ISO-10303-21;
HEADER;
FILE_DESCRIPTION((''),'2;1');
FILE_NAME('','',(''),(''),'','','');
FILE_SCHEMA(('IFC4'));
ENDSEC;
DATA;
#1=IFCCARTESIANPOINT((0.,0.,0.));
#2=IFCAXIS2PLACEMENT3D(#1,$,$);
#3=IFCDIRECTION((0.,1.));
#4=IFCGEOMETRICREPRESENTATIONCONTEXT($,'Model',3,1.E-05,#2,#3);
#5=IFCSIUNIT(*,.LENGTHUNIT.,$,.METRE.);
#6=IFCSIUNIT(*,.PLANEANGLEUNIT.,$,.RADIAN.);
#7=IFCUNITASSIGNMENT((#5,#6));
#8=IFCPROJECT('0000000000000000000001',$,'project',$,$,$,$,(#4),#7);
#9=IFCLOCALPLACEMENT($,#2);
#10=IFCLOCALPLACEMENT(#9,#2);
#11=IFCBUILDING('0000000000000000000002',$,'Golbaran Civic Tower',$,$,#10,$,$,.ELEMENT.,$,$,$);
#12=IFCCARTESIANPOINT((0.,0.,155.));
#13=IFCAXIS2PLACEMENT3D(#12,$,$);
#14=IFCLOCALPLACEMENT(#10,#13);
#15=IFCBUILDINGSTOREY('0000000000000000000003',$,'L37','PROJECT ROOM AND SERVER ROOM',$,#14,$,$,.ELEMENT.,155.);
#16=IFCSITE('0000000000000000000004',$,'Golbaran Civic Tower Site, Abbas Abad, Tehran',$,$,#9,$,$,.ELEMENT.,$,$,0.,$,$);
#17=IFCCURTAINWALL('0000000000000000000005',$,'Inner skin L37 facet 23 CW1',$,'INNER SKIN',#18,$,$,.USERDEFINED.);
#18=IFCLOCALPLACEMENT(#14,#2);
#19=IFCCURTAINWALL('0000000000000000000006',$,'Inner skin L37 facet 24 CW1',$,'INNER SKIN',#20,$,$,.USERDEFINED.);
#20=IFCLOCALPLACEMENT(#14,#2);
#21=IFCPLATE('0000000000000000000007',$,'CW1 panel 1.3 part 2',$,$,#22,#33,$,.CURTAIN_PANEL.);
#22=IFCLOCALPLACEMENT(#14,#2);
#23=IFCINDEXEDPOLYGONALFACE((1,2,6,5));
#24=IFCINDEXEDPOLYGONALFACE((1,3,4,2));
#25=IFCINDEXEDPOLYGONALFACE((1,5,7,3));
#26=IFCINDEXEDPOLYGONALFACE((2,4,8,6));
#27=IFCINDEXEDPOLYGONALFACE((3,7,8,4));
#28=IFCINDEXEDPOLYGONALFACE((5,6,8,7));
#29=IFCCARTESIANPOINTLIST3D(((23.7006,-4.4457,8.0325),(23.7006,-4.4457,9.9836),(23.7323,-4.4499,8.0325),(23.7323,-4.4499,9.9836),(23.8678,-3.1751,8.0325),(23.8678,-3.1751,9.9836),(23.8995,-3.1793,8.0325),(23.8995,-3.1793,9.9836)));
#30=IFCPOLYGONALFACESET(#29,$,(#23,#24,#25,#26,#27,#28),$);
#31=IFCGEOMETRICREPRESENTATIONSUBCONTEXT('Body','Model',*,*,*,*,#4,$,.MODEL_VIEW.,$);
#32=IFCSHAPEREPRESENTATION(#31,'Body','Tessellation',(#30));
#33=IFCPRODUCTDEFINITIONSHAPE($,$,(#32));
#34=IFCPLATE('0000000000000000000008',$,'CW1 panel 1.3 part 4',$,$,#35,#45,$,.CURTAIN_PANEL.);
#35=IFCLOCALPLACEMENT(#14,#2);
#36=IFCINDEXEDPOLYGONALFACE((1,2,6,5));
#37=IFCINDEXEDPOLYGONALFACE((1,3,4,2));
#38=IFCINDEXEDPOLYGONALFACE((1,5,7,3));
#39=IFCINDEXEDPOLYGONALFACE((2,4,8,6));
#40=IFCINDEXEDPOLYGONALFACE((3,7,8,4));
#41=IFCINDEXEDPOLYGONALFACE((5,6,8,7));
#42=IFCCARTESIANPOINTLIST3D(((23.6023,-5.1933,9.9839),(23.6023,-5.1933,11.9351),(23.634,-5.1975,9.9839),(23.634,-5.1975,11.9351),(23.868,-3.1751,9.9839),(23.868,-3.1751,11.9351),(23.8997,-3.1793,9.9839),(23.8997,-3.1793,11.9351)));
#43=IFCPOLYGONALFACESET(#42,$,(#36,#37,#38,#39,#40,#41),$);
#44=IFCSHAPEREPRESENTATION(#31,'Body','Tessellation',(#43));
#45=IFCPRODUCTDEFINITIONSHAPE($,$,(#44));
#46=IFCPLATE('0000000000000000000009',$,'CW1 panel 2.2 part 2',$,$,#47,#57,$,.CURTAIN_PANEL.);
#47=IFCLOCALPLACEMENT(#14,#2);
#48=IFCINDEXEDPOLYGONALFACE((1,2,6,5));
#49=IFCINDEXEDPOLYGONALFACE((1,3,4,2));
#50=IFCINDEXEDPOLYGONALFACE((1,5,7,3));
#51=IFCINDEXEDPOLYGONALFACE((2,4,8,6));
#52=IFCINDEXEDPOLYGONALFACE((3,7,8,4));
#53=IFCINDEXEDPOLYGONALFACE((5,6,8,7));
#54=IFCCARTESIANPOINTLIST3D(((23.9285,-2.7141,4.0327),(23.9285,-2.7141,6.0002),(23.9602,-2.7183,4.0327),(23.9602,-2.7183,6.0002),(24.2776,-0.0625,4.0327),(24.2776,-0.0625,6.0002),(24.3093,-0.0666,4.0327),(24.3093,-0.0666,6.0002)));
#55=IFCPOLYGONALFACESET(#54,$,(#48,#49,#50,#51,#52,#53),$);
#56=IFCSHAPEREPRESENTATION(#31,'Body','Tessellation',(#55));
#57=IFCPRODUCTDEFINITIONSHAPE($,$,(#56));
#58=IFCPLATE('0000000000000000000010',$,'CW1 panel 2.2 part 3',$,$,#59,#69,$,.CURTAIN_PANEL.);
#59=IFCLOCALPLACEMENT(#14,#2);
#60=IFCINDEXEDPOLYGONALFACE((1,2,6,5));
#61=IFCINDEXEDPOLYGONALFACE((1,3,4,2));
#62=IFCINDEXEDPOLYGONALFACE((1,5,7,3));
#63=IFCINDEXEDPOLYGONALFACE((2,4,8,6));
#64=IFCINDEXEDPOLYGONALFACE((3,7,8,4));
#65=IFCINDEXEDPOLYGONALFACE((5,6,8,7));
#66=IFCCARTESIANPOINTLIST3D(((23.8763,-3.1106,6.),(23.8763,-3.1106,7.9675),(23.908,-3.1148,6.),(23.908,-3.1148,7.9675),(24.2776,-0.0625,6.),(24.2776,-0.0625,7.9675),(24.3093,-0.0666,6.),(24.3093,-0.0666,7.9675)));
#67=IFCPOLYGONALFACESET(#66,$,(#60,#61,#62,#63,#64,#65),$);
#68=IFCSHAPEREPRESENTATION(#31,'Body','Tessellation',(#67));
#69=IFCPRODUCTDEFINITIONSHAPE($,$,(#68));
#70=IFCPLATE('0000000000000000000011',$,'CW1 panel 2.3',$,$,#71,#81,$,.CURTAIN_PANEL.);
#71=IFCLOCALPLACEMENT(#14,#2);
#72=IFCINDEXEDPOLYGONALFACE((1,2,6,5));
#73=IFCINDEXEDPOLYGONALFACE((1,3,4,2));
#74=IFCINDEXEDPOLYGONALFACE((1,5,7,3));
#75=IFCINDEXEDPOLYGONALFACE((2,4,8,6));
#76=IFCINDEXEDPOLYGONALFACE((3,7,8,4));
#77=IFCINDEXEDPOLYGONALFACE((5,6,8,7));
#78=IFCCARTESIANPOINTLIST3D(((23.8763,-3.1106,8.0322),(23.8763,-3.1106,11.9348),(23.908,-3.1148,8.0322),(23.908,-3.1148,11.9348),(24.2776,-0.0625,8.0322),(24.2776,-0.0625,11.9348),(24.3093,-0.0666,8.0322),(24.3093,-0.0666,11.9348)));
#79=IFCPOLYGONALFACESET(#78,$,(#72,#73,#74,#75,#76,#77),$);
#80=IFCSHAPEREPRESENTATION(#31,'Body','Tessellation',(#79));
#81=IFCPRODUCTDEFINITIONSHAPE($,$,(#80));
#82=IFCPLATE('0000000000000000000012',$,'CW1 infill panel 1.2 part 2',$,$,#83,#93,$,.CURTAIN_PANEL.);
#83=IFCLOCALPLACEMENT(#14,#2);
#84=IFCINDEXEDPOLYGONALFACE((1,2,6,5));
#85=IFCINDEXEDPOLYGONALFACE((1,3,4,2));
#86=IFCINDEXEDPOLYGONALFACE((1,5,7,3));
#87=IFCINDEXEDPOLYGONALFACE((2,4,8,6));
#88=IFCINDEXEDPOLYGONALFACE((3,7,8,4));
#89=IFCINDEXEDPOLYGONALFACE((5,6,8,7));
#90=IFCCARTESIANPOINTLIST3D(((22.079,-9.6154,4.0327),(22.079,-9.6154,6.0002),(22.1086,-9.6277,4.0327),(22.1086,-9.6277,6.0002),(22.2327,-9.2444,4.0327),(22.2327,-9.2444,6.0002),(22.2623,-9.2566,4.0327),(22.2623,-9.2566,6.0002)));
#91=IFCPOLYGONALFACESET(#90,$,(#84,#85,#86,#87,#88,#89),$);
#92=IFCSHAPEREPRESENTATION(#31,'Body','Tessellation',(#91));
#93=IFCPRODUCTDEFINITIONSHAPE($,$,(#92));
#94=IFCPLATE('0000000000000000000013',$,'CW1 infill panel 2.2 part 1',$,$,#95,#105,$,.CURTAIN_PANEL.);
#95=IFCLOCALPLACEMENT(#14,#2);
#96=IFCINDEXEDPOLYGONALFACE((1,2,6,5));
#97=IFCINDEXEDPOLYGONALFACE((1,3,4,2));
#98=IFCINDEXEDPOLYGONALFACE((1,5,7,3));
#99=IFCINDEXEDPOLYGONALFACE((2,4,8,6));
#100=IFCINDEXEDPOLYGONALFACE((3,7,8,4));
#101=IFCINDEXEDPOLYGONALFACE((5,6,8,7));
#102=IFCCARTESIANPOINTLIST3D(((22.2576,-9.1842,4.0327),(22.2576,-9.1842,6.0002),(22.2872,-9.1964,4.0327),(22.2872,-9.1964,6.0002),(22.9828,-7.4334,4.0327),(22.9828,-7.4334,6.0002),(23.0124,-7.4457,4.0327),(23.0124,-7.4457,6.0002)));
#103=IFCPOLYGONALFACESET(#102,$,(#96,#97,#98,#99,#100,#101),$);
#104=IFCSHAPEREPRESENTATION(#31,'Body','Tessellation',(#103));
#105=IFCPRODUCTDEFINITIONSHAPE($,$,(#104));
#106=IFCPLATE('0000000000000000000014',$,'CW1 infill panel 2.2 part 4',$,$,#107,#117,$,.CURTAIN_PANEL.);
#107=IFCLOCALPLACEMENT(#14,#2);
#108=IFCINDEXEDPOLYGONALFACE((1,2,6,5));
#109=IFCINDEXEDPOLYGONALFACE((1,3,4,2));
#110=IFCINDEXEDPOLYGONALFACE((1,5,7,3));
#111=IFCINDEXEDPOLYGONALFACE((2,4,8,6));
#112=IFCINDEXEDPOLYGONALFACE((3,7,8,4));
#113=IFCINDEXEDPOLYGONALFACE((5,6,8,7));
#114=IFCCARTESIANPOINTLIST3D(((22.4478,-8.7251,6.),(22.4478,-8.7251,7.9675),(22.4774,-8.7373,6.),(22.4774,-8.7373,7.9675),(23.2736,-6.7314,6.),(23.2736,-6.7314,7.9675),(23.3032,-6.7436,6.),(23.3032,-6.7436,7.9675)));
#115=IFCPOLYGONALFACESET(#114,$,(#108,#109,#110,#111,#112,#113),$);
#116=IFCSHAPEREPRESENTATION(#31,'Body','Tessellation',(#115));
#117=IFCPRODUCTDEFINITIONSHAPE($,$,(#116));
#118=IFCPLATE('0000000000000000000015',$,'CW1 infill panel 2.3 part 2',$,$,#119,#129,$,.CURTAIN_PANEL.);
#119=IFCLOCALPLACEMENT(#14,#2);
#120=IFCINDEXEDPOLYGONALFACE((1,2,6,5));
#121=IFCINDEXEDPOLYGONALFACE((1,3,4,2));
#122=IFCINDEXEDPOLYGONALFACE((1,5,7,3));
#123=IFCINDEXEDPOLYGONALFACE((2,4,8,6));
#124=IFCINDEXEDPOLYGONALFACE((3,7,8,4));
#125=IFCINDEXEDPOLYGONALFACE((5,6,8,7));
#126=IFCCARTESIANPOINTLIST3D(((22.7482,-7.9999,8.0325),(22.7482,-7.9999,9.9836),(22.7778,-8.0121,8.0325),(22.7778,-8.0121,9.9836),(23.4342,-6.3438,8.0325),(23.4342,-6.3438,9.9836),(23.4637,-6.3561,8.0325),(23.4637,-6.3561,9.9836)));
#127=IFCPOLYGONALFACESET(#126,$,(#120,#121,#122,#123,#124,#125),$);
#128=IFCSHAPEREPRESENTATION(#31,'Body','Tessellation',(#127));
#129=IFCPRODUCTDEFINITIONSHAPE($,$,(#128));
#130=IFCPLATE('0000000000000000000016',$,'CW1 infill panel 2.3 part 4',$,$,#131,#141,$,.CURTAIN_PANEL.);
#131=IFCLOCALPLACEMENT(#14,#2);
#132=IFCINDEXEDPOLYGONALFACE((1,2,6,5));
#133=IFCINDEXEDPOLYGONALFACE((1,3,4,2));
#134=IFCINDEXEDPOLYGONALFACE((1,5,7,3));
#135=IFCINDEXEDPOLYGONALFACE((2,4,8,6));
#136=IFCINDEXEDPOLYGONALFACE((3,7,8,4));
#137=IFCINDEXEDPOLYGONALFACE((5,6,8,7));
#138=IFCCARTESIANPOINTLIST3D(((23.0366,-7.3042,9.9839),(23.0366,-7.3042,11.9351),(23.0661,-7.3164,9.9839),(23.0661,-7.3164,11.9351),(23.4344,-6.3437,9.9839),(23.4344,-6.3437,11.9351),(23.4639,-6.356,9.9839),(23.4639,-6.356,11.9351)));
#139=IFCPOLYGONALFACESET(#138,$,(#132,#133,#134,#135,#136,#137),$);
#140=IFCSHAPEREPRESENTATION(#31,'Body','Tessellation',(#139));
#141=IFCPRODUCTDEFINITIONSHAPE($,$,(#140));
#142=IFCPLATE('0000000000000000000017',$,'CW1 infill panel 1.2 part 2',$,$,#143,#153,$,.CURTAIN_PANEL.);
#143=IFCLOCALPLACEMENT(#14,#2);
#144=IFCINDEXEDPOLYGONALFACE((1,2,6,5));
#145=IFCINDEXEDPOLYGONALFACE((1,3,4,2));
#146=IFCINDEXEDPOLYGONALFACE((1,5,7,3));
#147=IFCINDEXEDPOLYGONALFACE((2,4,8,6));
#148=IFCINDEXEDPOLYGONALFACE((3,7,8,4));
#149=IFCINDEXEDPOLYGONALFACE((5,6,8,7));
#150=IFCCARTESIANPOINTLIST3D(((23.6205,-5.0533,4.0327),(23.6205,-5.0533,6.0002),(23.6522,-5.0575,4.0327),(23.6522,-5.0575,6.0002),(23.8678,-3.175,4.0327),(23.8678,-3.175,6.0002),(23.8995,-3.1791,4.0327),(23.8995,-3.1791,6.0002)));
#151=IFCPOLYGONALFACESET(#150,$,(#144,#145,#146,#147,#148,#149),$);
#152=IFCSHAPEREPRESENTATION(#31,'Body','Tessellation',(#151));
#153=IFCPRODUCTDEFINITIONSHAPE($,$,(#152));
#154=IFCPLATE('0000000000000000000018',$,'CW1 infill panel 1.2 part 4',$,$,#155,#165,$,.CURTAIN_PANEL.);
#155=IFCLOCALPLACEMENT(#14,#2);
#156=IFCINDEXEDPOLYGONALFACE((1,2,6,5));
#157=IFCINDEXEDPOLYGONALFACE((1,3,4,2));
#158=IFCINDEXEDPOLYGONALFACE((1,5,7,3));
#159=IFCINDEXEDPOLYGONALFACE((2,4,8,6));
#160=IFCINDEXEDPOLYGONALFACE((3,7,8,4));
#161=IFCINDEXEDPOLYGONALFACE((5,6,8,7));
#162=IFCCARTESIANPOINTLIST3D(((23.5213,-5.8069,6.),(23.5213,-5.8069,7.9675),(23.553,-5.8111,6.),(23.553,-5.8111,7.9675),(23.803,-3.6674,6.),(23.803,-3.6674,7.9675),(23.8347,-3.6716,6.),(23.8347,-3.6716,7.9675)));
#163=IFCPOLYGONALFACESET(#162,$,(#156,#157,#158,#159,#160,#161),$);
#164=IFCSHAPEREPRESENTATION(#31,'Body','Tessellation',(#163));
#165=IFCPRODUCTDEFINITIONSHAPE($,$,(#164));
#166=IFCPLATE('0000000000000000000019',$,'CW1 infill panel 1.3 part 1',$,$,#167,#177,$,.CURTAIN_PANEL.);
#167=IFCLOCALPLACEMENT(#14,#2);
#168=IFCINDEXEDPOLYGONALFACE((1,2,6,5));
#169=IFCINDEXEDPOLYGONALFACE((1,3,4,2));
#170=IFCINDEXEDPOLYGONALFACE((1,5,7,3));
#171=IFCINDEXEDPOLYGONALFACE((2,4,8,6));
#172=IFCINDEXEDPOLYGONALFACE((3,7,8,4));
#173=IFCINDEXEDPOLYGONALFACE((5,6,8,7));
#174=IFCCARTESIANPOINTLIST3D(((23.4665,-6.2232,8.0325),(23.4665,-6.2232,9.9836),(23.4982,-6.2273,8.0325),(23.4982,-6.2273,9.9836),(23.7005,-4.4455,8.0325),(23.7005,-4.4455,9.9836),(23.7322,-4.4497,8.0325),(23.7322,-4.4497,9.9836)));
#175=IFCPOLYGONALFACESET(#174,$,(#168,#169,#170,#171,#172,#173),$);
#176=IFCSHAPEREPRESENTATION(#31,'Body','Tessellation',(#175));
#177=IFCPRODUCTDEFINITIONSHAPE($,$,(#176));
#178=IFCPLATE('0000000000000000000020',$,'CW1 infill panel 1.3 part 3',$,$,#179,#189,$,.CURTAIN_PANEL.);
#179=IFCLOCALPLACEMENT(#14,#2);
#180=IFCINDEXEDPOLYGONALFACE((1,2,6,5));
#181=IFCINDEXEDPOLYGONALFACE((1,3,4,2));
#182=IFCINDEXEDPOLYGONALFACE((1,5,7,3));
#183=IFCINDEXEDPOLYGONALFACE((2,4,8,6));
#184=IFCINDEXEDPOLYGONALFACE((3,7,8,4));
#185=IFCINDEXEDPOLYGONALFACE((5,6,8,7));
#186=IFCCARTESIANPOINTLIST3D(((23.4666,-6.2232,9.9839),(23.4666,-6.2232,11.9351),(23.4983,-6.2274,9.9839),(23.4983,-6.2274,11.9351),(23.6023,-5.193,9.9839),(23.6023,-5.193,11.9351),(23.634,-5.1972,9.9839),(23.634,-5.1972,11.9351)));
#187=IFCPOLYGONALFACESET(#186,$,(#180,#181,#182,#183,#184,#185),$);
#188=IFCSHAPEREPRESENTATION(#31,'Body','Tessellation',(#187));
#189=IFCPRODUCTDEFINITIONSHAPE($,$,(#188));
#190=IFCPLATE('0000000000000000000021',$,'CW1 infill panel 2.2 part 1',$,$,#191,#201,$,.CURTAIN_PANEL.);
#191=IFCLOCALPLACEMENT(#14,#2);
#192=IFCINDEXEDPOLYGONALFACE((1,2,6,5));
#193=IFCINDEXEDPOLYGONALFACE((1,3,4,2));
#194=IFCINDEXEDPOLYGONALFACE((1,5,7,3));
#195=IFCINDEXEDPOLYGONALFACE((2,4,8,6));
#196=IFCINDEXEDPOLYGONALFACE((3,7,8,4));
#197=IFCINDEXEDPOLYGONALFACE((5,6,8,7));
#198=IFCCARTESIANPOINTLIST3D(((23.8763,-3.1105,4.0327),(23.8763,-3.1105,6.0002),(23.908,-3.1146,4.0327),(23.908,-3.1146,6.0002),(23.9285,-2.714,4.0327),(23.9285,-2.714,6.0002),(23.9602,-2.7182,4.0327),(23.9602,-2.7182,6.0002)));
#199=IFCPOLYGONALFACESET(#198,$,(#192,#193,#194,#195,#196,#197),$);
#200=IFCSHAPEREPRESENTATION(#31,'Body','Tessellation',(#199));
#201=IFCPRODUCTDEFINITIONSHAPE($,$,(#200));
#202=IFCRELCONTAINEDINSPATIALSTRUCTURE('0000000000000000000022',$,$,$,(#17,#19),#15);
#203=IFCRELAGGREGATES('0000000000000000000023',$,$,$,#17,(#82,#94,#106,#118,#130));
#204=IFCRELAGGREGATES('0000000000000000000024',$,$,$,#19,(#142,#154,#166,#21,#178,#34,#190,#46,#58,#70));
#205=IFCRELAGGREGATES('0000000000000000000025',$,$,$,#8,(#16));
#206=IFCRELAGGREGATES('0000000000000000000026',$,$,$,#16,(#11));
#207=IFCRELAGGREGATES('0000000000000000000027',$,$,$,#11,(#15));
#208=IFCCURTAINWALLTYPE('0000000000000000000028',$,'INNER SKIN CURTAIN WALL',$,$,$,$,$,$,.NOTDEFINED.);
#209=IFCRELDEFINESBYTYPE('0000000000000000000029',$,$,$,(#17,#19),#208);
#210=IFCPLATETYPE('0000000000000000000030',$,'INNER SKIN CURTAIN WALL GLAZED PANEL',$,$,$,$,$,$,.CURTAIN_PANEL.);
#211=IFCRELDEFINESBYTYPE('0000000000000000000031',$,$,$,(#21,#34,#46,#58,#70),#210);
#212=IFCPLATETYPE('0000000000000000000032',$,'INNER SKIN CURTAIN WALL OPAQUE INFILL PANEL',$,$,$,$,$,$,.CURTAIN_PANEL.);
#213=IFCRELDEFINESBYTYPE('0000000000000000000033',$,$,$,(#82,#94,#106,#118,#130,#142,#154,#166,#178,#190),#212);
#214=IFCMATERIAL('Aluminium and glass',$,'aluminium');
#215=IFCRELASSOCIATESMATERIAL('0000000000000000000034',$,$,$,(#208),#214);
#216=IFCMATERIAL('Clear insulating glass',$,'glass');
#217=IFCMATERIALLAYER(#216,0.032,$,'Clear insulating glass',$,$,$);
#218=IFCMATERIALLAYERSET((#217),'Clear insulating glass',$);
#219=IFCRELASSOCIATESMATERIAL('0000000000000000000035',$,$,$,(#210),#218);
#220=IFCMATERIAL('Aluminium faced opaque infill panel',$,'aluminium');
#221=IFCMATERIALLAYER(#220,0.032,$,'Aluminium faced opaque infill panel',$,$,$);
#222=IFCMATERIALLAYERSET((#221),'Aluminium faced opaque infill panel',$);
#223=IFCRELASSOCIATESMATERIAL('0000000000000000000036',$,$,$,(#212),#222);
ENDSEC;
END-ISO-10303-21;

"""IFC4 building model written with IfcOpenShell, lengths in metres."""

from ifc_helpers import new_model, si_unit, direction, frame, origin, origin_2d, place, context, subcontext, project, spatial, rectangle, extrude, material, layer, layer_set, type_object, element, aggregate, save


model = new_model("IFC4")

# Units and contexts
model_context = context("Model", 3, precision=1e-05, world=origin(), true_north=direction((0.0, 1.0)))
body_context = subcontext(model_context, "Body", "Model", "MODEL_VIEW")
ifc_project = project(units=[si_unit("LENGTHUNIT", "METRE"), si_unit("PLANEANGLEUNIT", "RADIAN")], contexts=[model_context])

# Site, building, storey
site_placement = place(None, origin())
site = spatial("IfcSite", under=ifc_project, at=site_placement, Name="Golbaran Civic Tower Site, Abbas Abad, Tehran", CompositionType="ELEMENT", RefElevation=0.0)
building_placement = place(site_placement, origin())
building = spatial("IfcBuilding", under=site, at=building_placement, Name="Golbaran Civic Tower", CompositionType="ELEMENT")
storey_placement = place(building_placement, frame((0.0, 0.0, 155.0)))
storey = spatial("IfcBuildingStorey", under=building, at=storey_placement, Name="L37", Description="PROJECT ROOM AND SERVER ROOM", CompositionType="ELEMENT", Elevation=155.0)

# Curtain walls
ifc_material_1 = material(Name="Aluminium and glass", Category="aluminium")
curtain_wall_type = type_object("IfcCurtainWallType", Name="INNER SKIN CURTAIN WALL", PredefinedType="NOTDEFINED", material=ifc_material_1)
curtain_wall_1_placement = place(storey_placement, origin())
curtain_wall_1 = element("IfcCurtainWall", 1, at=curtain_wall_1_placement, inside=storey, type_object=curtain_wall_type, Name="Inner skin L37 facet 23 CW1", ObjectType="INNER SKIN", PredefinedType="USERDEFINED")
curtain_wall_2_placement = place(storey_placement, origin())
curtain_wall_2 = element("IfcCurtainWall", 2, at=curtain_wall_2_placement, inside=storey, type_object=curtain_wall_type, Name="Inner skin L37 facet 24 CW1", ObjectType="INNER SKIN", PredefinedType="USERDEFINED")

# Plates
ifc_material_2 = material(Name="Clear insulating glass", Category="glass")
ifc_layer_1 = layer(ifc_material_2, 0.032, Name="Clear insulating glass")
ifc_layer_set_1 = layer_set([ifc_layer_1], Name="Clear insulating glass")
plate_type_1 = type_object("IfcPlateType", Name="INNER SKIN CURTAIN WALL GLAZED PANEL", PredefinedType="CURTAIN_PANEL", material=ifc_layer_set_1)
plate_1_placement = place(storey_placement, frame((23.8, -3.8125, 8.0325), z_axis=(0.0, 0.0, 1.0), x_axis=(0.130526, 0.991445, 0.0)))
plate_1 = element("IfcPlate", 3, at=plate_1_placement, type_object=plate_type_1, Name="CW1 panel 1.3 part 2", PredefinedType="CURTAIN_PANEL", context=body_context, shape_type="SweptSolid", body=[
    extrude(rectangle(XDim=1.2815, YDim=0.032, at=origin_2d()), origin(), (0.0, 0.0, 1.0), 1.9512),
])
plate_2_placement = place(storey_placement, frame((23.751, -4.1863, 9.9839), z_axis=(0.0, 0.0, 1.0), x_axis=(0.130526, 0.991445, 0.0)))
plate_2 = element("IfcPlate", 4, at=plate_2_placement, type_object=plate_type_1, Name="CW1 panel 1.3 part 4", PredefinedType="CURTAIN_PANEL", context=body_context, shape_type="SweptSolid", body=[
    extrude(rectangle(XDim=2.0356, YDim=0.032, at=origin_2d()), origin(), (0.0, 0.0, 1.0), 1.9512),
])
plate_3_placement = place(storey_placement, frame((24.1189, -1.3904, 4.0327), z_axis=(0.0, 0.0, 1.0), x_axis=(0.130526, 0.991445, 0.0)))
plate_3 = element("IfcPlate", 5, at=plate_3_placement, type_object=plate_type_1, Name="CW1 panel 2.2 part 2", PredefinedType="CURTAIN_PANEL", context=body_context, shape_type="SweptSolid", body=[
    extrude(rectangle(XDim=2.6746, YDim=0.032, at=origin_2d()), origin(), (0.0, 0.0, 1.0), 1.9675),
])
plate_4_placement = place(storey_placement, frame((24.0928, -1.5886, 6.0), z_axis=(0.0, 0.0, 1.0), x_axis=(0.130526, 0.991445, 0.0)))
plate_4 = element("IfcPlate", 6, at=plate_4_placement, type_object=plate_type_1, Name="CW1 panel 2.2 part 3", PredefinedType="CURTAIN_PANEL", context=body_context, shape_type="SweptSolid", body=[
    extrude(rectangle(XDim=3.0745, YDim=0.032, at=origin_2d()), origin(), (0.0, 0.0, 1.0), 1.9675),
])
plate_5_placement = place(storey_placement, frame((24.0928, -1.5886, 8.0322), z_axis=(0.0, 0.0, 1.0), x_axis=(0.130526, 0.991445, 0.0)))
plate_5 = element("IfcPlate", 7, at=plate_5_placement, type_object=plate_type_1, Name="CW1 panel 2.3", PredefinedType="CURTAIN_PANEL", context=body_context, shape_type="SweptSolid", body=[
    extrude(rectangle(XDim=3.0745, YDim=0.032, at=origin_2d()), origin(), (0.0, 0.0, 1.0), 3.9026),
])
ifc_material_3 = material(Name="Aluminium faced opaque infill panel", Category="aluminium")
ifc_layer_2 = layer(ifc_material_3, 0.032, Name="Aluminium faced opaque infill panel")
ifc_layer_set_2 = layer_set([ifc_layer_2], Name="Aluminium faced opaque infill panel")
plate_type_2 = type_object("IfcPlateType", Name="INNER SKIN CURTAIN WALL OPAQUE INFILL PANEL", PredefinedType="CURTAIN_PANEL", material=ifc_layer_set_2)
plate_6_placement = place(storey_placement, frame((22.1707, -9.436, 4.0327), z_axis=(0.0, 0.0, 1.0), x_axis=(0.382683, 0.92388, 0.0)))
plate_6 = element("IfcPlate", 8, at=plate_6_placement, type_object=plate_type_2, Name="CW1 infill panel 1.2 part 2", PredefinedType="CURTAIN_PANEL", context=body_context, shape_type="SweptSolid", body=[
    extrude(rectangle(XDim=0.4016, YDim=0.032, at=origin_2d()), origin(), (0.0, 0.0, 1.0), 1.9675),
])
plate_7_placement = place(storey_placement, frame((22.635, -8.3149, 4.0327), z_axis=(0.0, 0.0, 1.0), x_axis=(0.382683, 0.92388, 0.0)))
plate_7 = element("IfcPlate", 9, at=plate_7_placement, type_object=plate_type_2, Name="CW1 infill panel 2.2 part 1", PredefinedType="CURTAIN_PANEL", context=body_context, shape_type="SweptSolid", body=[
    extrude(rectangle(XDim=1.895, YDim=0.032, at=origin_2d()), origin(), (0.0, 0.0, 1.0), 1.9675),
])
plate_8_placement = place(storey_placement, frame((22.8755, -7.7344, 6.0), z_axis=(0.0, 0.0, 1.0), x_axis=(0.382683, 0.92388, 0.0)))
plate_8 = element("IfcPlate", 10, at=plate_8_placement, type_object=plate_type_2, Name="CW1 infill panel 2.2 part 4", PredefinedType="CURTAIN_PANEL", context=body_context, shape_type="SweptSolid", body=[
    extrude(rectangle(XDim=2.158, YDim=0.032, at=origin_2d()), origin(), (0.0, 0.0, 1.0), 1.9675),
])
plate_9_placement = place(storey_placement, frame((23.106, -7.178, 8.0325), z_axis=(0.0, 0.0, 1.0), x_axis=(0.382683, 0.92388, 0.0)))
plate_9 = element("IfcPlate", 11, at=plate_9_placement, type_object=plate_type_2, Name="CW1 infill panel 2.3 part 2", PredefinedType="CURTAIN_PANEL", context=body_context, shape_type="SweptSolid", body=[
    extrude(rectangle(XDim=1.7925, YDim=0.032, at=origin_2d()), origin(), (0.0, 0.0, 1.0), 1.9512),
])
plate_10_placement = place(storey_placement, frame((23.2502, -6.8301, 9.9839), z_axis=(0.0, 0.0, 1.0), x_axis=(0.382683, 0.92388, 0.0)))
plate_10 = element("IfcPlate", 12, at=plate_10_placement, type_object=plate_type_2, Name="CW1 infill panel 2.3 part 4", PredefinedType="CURTAIN_PANEL", context=body_context, shape_type="SweptSolid", body=[
    extrude(rectangle(XDim=1.0396, YDim=0.032, at=origin_2d()), origin(), (0.0, 0.0, 1.0), 1.9512),
])
aggregate(curtain_wall_1, [plate_6, plate_7, plate_8, plate_9, plate_10])
plate_11_placement = place(storey_placement, frame((23.76, -4.1162, 4.0327), z_axis=(0.0, 0.0, 1.0), x_axis=(0.130526, 0.991445, 0.0)))
plate_11 = element("IfcPlate", 13, at=plate_11_placement, type_object=plate_type_2, Name="CW1 infill panel 1.2 part 2", PredefinedType="CURTAIN_PANEL", context=body_context, shape_type="SweptSolid", body=[
    extrude(rectangle(XDim=1.8945, YDim=0.032, at=origin_2d()), origin(), (0.0, 0.0, 1.0), 1.9675),
])
plate_12_placement = place(storey_placement, frame((23.678, -4.7393, 6.0), z_axis=(0.0, 0.0, 1.0), x_axis=(0.130526, 0.991445, 0.0)))
plate_12 = element("IfcPlate", 14, at=plate_12_placement, type_object=plate_type_2, Name="CW1 infill panel 1.2 part 4", PredefinedType="CURTAIN_PANEL", context=body_context, shape_type="SweptSolid", body=[
    extrude(rectangle(XDim=2.158, YDim=0.032, at=origin_2d()), origin(), (0.0, 0.0, 1.0), 1.9675),
])
plate_13_placement = place(storey_placement, frame((23.5994, -5.3364, 8.0325), z_axis=(0.0, 0.0, 1.0), x_axis=(0.130526, 0.991445, 0.0)))
plate_13 = element("IfcPlate", 15, at=plate_13_placement, type_object=plate_type_2, Name="CW1 infill panel 1.3 part 1", PredefinedType="CURTAIN_PANEL", context=body_context, shape_type="SweptSolid", body=[
    extrude(rectangle(XDim=1.793, YDim=0.032, at=origin_2d()), origin(), (0.0, 0.0, 1.0), 1.9512),
])
plate_14_placement = place(storey_placement, frame((23.5503, -5.7102, 9.9839), z_axis=(0.0, 0.0, 1.0), x_axis=(0.130526, 0.991445, 0.0)))
plate_14 = element("IfcPlate", 16, at=plate_14_placement, type_object=plate_type_2, Name="CW1 infill panel 1.3 part 3", PredefinedType="CURTAIN_PANEL", context=body_context, shape_type="SweptSolid", body=[
    extrude(rectangle(XDim=1.0391, YDim=0.032, at=origin_2d()), origin(), (0.0, 0.0, 1.0), 1.9512),
])
plate_15_placement = place(storey_placement, frame((23.9182, -2.9143, 4.0327), z_axis=(0.0, 0.0, 1.0), x_axis=(0.130526, 0.991445, 0.0)))
plate_15 = element("IfcPlate", 17, at=plate_15_placement, type_object=plate_type_2, Name="CW1 infill panel 2.2 part 1", PredefinedType="CURTAIN_PANEL", context=body_context, shape_type="SweptSolid", body=[
    extrude(rectangle(XDim=0.3999, YDim=0.032, at=origin_2d()), origin(), (0.0, 0.0, 1.0), 1.9675),
])
aggregate(curtain_wall_2, [plate_11, plate_12, plate_13, plate_1, plate_14, plate_2, plate_15, plate_3, plate_4, plate_5])

save(model, "model.ifc")
